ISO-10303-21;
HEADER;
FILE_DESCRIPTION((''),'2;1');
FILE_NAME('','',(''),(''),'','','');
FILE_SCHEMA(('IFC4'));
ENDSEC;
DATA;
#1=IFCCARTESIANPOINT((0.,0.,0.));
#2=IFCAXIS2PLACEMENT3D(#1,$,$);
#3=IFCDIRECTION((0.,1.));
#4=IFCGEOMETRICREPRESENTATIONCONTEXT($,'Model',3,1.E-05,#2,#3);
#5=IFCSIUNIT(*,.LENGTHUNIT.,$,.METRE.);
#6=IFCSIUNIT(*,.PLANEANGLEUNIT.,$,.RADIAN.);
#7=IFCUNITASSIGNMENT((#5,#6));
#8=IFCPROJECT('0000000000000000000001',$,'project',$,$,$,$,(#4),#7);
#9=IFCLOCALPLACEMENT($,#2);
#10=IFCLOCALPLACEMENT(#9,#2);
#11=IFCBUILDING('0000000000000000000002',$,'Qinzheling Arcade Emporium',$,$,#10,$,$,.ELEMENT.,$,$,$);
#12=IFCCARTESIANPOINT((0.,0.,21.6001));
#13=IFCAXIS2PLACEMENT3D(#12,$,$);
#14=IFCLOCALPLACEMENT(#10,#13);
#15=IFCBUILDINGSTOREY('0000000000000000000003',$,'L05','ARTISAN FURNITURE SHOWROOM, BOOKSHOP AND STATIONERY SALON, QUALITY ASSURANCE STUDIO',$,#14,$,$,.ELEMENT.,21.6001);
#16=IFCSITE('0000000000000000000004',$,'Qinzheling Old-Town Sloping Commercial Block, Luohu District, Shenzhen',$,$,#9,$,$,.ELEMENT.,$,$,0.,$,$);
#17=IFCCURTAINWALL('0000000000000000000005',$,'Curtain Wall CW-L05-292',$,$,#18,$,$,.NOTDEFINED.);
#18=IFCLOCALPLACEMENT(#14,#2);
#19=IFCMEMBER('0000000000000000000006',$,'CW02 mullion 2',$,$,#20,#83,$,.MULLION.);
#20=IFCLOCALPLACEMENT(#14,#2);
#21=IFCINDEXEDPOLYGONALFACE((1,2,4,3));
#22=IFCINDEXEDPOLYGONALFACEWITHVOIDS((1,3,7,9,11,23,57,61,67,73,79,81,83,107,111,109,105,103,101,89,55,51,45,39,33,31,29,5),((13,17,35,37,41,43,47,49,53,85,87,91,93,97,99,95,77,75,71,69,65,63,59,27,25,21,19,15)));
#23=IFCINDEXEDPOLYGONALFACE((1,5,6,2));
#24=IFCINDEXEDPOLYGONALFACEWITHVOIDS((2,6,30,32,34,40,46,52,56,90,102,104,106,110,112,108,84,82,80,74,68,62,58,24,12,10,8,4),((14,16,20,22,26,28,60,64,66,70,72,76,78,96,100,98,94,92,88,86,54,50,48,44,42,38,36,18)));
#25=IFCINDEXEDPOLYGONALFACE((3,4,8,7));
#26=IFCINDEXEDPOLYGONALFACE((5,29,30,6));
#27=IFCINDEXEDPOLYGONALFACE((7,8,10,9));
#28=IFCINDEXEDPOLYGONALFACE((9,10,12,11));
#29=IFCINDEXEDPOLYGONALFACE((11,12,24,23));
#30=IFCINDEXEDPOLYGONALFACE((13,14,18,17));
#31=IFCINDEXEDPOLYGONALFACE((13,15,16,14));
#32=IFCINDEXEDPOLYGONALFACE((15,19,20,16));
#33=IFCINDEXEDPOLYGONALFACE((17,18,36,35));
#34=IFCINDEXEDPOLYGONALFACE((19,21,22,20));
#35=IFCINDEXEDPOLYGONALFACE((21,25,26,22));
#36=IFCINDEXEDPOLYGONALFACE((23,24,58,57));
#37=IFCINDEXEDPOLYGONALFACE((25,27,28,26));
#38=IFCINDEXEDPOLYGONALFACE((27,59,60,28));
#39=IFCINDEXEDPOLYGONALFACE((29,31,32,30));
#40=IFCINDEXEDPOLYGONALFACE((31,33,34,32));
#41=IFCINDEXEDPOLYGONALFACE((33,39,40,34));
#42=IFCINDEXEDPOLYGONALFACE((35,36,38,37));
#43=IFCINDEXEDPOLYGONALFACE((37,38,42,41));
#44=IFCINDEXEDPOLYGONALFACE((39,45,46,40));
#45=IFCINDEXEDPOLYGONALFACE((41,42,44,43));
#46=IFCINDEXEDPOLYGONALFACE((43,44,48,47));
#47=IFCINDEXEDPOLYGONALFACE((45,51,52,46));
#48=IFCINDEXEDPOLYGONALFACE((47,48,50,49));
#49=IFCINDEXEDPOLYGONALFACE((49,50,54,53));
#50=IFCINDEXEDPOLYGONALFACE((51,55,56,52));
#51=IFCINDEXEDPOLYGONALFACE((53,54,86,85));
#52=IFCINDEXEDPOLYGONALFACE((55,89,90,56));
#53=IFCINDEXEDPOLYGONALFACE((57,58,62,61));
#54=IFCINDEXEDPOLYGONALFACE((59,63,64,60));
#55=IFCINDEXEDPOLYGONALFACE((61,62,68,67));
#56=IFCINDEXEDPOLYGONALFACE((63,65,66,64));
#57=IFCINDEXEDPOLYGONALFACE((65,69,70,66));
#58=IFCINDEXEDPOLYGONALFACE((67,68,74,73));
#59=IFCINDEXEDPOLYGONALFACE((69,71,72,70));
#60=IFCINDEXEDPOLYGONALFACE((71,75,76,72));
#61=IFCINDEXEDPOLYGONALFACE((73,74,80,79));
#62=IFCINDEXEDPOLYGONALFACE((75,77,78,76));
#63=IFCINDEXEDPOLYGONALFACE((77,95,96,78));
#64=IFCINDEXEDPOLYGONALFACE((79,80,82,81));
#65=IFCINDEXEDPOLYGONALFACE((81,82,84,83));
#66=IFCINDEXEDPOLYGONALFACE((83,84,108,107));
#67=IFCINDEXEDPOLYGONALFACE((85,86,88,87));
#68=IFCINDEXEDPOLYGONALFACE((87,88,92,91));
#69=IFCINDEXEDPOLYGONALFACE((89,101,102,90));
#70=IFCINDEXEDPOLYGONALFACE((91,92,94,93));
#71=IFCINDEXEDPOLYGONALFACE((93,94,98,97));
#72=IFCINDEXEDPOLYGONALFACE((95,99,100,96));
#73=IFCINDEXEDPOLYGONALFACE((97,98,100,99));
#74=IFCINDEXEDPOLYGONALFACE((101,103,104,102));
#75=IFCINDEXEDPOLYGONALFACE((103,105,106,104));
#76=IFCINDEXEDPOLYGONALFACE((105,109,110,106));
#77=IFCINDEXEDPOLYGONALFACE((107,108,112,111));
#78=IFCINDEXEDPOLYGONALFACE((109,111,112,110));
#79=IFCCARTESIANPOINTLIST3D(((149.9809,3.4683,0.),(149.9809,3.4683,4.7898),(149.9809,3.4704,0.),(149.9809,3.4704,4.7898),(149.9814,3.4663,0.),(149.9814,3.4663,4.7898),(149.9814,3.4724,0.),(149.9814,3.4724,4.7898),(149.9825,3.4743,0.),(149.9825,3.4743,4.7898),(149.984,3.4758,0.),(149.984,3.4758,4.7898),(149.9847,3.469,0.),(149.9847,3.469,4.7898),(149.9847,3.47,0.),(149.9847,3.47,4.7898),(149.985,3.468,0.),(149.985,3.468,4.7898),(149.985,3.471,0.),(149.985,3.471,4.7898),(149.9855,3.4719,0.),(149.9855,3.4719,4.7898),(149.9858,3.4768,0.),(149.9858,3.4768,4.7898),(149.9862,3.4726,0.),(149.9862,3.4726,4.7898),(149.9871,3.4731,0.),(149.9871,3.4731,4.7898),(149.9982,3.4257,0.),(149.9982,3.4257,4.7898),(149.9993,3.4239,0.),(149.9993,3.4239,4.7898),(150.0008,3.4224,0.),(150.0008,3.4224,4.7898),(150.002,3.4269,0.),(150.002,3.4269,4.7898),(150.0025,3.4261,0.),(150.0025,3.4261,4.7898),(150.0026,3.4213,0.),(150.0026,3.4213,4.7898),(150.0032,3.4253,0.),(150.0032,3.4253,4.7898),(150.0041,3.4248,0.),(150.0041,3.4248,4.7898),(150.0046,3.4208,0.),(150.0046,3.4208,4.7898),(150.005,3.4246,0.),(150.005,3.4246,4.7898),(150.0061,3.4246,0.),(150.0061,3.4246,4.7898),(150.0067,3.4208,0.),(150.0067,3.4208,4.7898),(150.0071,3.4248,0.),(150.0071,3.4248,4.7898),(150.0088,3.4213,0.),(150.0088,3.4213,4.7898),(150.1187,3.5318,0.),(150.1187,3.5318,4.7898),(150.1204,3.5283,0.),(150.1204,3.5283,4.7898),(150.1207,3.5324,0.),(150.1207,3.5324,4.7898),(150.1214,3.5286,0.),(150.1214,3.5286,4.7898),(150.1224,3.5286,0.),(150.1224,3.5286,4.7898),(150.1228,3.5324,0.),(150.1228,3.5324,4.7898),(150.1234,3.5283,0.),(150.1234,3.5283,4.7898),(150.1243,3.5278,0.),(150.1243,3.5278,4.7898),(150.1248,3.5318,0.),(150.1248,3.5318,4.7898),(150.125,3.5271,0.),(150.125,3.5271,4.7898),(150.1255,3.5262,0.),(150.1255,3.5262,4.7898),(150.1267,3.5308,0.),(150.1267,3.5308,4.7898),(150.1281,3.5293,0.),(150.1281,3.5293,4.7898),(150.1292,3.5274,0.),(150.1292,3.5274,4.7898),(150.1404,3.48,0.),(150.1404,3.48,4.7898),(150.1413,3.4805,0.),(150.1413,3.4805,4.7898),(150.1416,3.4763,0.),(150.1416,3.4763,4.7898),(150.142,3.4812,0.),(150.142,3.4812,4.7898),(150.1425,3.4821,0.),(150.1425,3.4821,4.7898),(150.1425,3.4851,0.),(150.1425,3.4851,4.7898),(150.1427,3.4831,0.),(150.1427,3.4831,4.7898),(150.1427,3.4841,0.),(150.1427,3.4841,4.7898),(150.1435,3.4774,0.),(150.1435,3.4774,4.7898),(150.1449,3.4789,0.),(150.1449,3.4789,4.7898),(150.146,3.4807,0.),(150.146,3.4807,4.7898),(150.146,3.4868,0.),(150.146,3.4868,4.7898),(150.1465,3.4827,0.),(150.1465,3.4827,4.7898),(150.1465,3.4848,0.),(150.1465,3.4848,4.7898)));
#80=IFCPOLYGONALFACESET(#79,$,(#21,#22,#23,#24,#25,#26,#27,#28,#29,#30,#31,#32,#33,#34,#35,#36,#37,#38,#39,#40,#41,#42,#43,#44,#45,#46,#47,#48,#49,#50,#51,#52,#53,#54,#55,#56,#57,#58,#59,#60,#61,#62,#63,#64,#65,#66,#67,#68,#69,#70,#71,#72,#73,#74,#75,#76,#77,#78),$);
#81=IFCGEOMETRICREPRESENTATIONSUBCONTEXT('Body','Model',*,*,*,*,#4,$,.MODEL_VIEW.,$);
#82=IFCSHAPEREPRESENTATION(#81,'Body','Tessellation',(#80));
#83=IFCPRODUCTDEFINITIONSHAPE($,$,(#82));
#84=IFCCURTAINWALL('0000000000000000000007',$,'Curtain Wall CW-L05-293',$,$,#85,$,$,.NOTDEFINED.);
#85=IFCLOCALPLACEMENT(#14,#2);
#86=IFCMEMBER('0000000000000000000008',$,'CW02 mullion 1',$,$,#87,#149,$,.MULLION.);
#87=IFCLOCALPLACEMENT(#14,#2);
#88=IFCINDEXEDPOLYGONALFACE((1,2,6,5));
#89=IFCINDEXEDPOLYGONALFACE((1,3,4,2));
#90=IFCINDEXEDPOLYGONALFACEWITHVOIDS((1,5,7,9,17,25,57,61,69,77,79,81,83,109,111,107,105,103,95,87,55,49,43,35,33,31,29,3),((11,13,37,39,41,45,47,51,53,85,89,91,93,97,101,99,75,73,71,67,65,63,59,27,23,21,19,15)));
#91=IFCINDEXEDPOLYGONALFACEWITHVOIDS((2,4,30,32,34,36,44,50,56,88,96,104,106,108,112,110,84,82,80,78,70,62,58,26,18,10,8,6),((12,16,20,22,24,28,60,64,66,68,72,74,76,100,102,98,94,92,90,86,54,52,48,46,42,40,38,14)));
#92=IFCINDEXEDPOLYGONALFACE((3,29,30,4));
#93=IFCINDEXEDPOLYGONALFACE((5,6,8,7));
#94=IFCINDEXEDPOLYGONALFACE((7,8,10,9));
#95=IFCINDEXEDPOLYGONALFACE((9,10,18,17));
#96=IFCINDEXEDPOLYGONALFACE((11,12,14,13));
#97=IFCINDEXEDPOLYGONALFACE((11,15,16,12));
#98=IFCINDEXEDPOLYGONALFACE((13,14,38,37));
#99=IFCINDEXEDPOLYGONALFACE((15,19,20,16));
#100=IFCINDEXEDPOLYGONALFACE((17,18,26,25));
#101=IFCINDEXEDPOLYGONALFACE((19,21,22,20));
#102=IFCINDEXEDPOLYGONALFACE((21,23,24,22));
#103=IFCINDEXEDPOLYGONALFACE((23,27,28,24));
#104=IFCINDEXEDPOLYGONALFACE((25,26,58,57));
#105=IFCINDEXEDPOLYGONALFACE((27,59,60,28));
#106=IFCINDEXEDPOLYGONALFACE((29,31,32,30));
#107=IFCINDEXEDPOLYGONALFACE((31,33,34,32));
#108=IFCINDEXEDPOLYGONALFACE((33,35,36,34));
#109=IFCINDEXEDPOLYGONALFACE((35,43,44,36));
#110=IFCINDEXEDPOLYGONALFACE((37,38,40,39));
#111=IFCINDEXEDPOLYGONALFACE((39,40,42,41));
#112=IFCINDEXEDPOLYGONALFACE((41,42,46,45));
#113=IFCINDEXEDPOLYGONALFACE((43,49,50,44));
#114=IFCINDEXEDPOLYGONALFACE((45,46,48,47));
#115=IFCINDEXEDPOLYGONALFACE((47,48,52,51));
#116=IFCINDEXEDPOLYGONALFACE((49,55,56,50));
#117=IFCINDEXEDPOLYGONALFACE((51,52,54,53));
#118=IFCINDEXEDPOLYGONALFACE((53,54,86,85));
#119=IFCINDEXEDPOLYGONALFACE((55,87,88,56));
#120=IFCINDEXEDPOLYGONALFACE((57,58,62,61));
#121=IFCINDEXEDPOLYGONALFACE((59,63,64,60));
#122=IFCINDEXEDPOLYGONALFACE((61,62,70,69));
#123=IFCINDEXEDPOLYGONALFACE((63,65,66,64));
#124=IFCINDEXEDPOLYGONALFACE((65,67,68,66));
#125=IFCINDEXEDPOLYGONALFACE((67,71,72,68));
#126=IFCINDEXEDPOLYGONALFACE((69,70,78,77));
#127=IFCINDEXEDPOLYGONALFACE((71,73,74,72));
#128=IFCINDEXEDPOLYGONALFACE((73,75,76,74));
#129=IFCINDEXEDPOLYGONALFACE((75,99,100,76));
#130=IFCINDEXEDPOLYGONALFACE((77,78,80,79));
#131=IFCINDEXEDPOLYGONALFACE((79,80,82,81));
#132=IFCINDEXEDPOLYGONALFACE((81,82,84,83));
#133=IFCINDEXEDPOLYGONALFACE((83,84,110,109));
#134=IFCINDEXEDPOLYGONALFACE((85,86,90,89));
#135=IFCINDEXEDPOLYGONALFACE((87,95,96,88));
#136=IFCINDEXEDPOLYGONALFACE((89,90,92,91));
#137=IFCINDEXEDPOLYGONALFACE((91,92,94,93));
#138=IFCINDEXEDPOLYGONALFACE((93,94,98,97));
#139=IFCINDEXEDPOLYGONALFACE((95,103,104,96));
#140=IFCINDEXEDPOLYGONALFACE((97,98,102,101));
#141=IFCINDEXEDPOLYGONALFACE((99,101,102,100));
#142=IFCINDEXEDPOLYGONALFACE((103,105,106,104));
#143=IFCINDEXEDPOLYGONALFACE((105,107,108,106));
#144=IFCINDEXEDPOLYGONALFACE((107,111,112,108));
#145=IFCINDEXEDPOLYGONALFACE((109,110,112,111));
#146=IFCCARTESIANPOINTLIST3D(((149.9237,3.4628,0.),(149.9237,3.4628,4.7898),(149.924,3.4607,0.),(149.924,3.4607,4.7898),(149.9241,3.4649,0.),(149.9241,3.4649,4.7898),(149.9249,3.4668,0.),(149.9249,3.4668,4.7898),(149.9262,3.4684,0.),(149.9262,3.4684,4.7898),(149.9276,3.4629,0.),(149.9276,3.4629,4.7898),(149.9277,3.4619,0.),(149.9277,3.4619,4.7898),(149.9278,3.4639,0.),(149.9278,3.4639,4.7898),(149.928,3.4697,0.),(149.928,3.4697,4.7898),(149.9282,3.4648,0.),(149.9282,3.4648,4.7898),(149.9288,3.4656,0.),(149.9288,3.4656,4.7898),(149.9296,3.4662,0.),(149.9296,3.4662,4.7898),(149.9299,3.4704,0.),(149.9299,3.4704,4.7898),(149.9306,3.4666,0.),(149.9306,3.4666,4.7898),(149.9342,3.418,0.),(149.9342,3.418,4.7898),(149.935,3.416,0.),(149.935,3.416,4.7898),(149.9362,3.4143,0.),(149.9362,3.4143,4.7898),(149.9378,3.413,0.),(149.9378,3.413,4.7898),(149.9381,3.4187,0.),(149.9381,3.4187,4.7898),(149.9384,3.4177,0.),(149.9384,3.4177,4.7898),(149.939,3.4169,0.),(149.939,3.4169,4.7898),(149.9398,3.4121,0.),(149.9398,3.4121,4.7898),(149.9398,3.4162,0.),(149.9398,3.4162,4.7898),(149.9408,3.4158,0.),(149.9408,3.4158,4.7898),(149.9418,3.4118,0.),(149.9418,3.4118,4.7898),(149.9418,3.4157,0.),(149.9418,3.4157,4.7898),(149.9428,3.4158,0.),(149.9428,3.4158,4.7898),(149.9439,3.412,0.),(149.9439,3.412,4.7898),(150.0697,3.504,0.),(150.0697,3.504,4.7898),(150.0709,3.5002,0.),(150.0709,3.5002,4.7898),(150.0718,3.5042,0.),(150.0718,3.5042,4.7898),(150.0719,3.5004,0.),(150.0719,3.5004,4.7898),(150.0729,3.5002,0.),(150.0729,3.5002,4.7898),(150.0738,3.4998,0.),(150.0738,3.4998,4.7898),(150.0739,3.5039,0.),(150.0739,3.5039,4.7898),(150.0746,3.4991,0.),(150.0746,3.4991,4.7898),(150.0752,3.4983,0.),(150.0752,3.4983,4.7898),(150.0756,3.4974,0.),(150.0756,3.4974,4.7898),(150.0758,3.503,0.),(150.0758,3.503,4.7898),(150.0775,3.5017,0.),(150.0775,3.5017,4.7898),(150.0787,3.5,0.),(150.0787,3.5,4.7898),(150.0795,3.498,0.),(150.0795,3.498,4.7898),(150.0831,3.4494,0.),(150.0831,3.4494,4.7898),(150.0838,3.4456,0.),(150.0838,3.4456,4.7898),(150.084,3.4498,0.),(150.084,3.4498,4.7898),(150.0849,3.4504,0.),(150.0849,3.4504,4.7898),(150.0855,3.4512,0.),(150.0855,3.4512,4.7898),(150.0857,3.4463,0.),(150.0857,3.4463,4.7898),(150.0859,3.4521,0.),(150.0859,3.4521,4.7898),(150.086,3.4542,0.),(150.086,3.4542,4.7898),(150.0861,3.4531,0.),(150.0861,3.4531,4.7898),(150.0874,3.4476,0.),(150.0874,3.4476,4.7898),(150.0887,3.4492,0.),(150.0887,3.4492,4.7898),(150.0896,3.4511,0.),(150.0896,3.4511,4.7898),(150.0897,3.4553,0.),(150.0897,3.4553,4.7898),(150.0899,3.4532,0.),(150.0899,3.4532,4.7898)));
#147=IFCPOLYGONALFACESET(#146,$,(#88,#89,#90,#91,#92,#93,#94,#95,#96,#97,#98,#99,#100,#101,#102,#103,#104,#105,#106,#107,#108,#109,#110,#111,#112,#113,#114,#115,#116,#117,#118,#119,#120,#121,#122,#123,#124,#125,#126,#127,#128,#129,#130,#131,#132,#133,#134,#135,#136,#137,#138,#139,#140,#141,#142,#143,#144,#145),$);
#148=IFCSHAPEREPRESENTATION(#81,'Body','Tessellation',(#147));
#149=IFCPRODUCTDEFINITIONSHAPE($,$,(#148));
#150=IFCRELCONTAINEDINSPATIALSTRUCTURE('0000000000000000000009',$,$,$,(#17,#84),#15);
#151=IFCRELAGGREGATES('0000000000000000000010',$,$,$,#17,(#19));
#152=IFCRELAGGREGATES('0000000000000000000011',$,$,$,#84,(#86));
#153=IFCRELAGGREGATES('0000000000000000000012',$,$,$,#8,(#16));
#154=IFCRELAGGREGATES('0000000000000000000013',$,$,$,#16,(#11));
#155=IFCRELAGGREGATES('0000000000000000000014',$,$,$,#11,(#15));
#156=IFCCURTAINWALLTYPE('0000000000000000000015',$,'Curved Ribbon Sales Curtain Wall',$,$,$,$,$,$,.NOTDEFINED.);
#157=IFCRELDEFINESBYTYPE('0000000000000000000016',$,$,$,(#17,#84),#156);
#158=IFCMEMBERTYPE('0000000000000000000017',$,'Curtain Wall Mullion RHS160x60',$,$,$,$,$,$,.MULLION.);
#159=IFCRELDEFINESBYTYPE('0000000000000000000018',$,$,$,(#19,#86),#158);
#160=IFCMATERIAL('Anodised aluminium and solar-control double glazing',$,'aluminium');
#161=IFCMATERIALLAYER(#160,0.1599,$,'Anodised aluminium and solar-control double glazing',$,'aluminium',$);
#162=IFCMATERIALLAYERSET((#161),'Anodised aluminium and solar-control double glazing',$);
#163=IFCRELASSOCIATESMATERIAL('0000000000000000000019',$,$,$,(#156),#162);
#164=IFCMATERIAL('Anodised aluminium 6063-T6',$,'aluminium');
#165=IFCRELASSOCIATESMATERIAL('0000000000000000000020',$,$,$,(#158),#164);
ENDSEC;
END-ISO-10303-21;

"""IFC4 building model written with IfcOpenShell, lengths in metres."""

from ifc_helpers import new_model, si_unit, direction, frame, origin, origin_2d, place, context, subcontext, project, spatial, hollow_rectangle, extrude, material, layer, layer_set, material_profile, profile_set, type_object, element, aggregate, save


model = new_model("IFC4")

# Units and contexts
model_context = context("Model", 3, precision=1e-05, world=origin(), true_north=direction((0.0, 1.0)))
body_context = subcontext(model_context, "Body", "Model", "MODEL_VIEW")
ifc_project = project(units=[si_unit("LENGTHUNIT", "METRE"), si_unit("PLANEANGLEUNIT", "RADIAN")], contexts=[model_context])

# Site, building, storey
site_placement = place(None, origin())
site = spatial("IfcSite", under=ifc_project, at=site_placement, Name="Qinzheling Old-Town Sloping Commercial Block, Luohu District, Shenzhen", CompositionType="ELEMENT", RefElevation=0.0)
building_placement = place(site_placement, origin())
building = spatial("IfcBuilding", under=site, at=building_placement, Name="Qinzheling Arcade Emporium", CompositionType="ELEMENT")
storey_placement = place(building_placement, frame((0.0, 0.0, 21.6001)))
storey = spatial("IfcBuildingStorey", under=building, at=storey_placement, Name="L05", Description="ARTISAN FURNITURE SHOWROOM, BOOKSHOP AND STATIONERY SALON, QUALITY ASSURANCE STUDIO", CompositionType="ELEMENT", Elevation=21.6001)

# Shared definitions
ifc_material_1 = material(Name="Anodised aluminium and solar-control double glazing", Category="aluminium")
ifc_layer_1 = layer(ifc_material_1, 0.1599, Name="Anodised aluminium and solar-control double glazing", Category="aluminium")
ifc_layer_set_1 = layer_set([ifc_layer_1], Name="Anodised aluminium and solar-control double glazing")
curtain_wall_type = type_object("IfcCurtainWallType", Name="Curved Ribbon Sales Curtain Wall", PredefinedType="NOTDEFINED", material=ifc_layer_set_1)
ifc_material_2 = material(Name="Anodised aluminium 6063-T6", Category="aluminium")
ifc_material_profile_1 = material_profile(ifc_material_2, hollow_rectangle(XDim=0.0601, YDim=0.1599, WallThickness=0.0039, InnerFilletRadius=0.0039, OuterFilletRadius=0.0081, at=origin_2d()), Name="RHS 160x60x4", Category="aluminium")
ifc_profile_set_1 = profile_set([ifc_material_profile_1], Name="Anodised aluminium 6063-T6")
member_type_1 = type_object("IfcMemberType", Name="Curtain Wall Mullion RHS160x60", PredefinedType="MULLION", material=ifc_profile_set_1)

# Curtain walls, members
curtain_wall_1_placement = place(storey_placement, origin())
curtain_wall_1 = element("IfcCurtainWall", 1, at=curtain_wall_1_placement, inside=storey, type_object=curtain_wall_type, Name="Curtain Wall CW-L05-292", PredefinedType="NOTDEFINED")
member_1_placement = place(storey_placement, frame((150.0637, 3.4766, 0.0), z_axis=(0.0, 0.0, 1.0), x_axis=(0.38247, -0.923968, 0.0)))
member_1 = element("IfcMember", 2, at=member_1_placement, type_object=member_type_1, Name="CW02 mullion 2", PredefinedType="MULLION", context=body_context, shape_type="SweptSolid", body=[
    extrude(hollow_rectangle(XDim=0.0601, YDim=0.1599, WallThickness=0.0039, InnerFilletRadius=0.0039, OuterFilletRadius=0.0081, at=origin_2d()), origin(), (0.0, 0.0, 1.0), 4.7898),
])
curtain_wall_2_placement = place(storey_placement, origin())
curtain_wall_2 = element("IfcCurtainWall", 3, at=curtain_wall_2_placement, inside=storey, type_object=curtain_wall_type, Name="Curtain Wall CW-L05-293", PredefinedType="NOTDEFINED")
member_2_placement = place(storey_placement, frame((150.0068, 3.458, 0.0), z_axis=(0.0, 0.0, 1.0), x_axis=(0.233373, -0.972387, 0.0)))
member_2 = element("IfcMember", 4, at=member_2_placement, type_object=member_type_1, Name="CW02 mullion 1", PredefinedType="MULLION", context=body_context, shape_type="SweptSolid", body=[
    extrude(hollow_rectangle(XDim=0.0601, YDim=0.1599, WallThickness=0.0039, InnerFilletRadius=0.0039, OuterFilletRadius=0.0081, at=origin_2d()), origin(), (0.0, 0.0, 1.0), 4.7898),
])

aggregate(curtain_wall_1, [member_1])
aggregate(curtain_wall_2, [member_2])

save(model, "model.ifc")
